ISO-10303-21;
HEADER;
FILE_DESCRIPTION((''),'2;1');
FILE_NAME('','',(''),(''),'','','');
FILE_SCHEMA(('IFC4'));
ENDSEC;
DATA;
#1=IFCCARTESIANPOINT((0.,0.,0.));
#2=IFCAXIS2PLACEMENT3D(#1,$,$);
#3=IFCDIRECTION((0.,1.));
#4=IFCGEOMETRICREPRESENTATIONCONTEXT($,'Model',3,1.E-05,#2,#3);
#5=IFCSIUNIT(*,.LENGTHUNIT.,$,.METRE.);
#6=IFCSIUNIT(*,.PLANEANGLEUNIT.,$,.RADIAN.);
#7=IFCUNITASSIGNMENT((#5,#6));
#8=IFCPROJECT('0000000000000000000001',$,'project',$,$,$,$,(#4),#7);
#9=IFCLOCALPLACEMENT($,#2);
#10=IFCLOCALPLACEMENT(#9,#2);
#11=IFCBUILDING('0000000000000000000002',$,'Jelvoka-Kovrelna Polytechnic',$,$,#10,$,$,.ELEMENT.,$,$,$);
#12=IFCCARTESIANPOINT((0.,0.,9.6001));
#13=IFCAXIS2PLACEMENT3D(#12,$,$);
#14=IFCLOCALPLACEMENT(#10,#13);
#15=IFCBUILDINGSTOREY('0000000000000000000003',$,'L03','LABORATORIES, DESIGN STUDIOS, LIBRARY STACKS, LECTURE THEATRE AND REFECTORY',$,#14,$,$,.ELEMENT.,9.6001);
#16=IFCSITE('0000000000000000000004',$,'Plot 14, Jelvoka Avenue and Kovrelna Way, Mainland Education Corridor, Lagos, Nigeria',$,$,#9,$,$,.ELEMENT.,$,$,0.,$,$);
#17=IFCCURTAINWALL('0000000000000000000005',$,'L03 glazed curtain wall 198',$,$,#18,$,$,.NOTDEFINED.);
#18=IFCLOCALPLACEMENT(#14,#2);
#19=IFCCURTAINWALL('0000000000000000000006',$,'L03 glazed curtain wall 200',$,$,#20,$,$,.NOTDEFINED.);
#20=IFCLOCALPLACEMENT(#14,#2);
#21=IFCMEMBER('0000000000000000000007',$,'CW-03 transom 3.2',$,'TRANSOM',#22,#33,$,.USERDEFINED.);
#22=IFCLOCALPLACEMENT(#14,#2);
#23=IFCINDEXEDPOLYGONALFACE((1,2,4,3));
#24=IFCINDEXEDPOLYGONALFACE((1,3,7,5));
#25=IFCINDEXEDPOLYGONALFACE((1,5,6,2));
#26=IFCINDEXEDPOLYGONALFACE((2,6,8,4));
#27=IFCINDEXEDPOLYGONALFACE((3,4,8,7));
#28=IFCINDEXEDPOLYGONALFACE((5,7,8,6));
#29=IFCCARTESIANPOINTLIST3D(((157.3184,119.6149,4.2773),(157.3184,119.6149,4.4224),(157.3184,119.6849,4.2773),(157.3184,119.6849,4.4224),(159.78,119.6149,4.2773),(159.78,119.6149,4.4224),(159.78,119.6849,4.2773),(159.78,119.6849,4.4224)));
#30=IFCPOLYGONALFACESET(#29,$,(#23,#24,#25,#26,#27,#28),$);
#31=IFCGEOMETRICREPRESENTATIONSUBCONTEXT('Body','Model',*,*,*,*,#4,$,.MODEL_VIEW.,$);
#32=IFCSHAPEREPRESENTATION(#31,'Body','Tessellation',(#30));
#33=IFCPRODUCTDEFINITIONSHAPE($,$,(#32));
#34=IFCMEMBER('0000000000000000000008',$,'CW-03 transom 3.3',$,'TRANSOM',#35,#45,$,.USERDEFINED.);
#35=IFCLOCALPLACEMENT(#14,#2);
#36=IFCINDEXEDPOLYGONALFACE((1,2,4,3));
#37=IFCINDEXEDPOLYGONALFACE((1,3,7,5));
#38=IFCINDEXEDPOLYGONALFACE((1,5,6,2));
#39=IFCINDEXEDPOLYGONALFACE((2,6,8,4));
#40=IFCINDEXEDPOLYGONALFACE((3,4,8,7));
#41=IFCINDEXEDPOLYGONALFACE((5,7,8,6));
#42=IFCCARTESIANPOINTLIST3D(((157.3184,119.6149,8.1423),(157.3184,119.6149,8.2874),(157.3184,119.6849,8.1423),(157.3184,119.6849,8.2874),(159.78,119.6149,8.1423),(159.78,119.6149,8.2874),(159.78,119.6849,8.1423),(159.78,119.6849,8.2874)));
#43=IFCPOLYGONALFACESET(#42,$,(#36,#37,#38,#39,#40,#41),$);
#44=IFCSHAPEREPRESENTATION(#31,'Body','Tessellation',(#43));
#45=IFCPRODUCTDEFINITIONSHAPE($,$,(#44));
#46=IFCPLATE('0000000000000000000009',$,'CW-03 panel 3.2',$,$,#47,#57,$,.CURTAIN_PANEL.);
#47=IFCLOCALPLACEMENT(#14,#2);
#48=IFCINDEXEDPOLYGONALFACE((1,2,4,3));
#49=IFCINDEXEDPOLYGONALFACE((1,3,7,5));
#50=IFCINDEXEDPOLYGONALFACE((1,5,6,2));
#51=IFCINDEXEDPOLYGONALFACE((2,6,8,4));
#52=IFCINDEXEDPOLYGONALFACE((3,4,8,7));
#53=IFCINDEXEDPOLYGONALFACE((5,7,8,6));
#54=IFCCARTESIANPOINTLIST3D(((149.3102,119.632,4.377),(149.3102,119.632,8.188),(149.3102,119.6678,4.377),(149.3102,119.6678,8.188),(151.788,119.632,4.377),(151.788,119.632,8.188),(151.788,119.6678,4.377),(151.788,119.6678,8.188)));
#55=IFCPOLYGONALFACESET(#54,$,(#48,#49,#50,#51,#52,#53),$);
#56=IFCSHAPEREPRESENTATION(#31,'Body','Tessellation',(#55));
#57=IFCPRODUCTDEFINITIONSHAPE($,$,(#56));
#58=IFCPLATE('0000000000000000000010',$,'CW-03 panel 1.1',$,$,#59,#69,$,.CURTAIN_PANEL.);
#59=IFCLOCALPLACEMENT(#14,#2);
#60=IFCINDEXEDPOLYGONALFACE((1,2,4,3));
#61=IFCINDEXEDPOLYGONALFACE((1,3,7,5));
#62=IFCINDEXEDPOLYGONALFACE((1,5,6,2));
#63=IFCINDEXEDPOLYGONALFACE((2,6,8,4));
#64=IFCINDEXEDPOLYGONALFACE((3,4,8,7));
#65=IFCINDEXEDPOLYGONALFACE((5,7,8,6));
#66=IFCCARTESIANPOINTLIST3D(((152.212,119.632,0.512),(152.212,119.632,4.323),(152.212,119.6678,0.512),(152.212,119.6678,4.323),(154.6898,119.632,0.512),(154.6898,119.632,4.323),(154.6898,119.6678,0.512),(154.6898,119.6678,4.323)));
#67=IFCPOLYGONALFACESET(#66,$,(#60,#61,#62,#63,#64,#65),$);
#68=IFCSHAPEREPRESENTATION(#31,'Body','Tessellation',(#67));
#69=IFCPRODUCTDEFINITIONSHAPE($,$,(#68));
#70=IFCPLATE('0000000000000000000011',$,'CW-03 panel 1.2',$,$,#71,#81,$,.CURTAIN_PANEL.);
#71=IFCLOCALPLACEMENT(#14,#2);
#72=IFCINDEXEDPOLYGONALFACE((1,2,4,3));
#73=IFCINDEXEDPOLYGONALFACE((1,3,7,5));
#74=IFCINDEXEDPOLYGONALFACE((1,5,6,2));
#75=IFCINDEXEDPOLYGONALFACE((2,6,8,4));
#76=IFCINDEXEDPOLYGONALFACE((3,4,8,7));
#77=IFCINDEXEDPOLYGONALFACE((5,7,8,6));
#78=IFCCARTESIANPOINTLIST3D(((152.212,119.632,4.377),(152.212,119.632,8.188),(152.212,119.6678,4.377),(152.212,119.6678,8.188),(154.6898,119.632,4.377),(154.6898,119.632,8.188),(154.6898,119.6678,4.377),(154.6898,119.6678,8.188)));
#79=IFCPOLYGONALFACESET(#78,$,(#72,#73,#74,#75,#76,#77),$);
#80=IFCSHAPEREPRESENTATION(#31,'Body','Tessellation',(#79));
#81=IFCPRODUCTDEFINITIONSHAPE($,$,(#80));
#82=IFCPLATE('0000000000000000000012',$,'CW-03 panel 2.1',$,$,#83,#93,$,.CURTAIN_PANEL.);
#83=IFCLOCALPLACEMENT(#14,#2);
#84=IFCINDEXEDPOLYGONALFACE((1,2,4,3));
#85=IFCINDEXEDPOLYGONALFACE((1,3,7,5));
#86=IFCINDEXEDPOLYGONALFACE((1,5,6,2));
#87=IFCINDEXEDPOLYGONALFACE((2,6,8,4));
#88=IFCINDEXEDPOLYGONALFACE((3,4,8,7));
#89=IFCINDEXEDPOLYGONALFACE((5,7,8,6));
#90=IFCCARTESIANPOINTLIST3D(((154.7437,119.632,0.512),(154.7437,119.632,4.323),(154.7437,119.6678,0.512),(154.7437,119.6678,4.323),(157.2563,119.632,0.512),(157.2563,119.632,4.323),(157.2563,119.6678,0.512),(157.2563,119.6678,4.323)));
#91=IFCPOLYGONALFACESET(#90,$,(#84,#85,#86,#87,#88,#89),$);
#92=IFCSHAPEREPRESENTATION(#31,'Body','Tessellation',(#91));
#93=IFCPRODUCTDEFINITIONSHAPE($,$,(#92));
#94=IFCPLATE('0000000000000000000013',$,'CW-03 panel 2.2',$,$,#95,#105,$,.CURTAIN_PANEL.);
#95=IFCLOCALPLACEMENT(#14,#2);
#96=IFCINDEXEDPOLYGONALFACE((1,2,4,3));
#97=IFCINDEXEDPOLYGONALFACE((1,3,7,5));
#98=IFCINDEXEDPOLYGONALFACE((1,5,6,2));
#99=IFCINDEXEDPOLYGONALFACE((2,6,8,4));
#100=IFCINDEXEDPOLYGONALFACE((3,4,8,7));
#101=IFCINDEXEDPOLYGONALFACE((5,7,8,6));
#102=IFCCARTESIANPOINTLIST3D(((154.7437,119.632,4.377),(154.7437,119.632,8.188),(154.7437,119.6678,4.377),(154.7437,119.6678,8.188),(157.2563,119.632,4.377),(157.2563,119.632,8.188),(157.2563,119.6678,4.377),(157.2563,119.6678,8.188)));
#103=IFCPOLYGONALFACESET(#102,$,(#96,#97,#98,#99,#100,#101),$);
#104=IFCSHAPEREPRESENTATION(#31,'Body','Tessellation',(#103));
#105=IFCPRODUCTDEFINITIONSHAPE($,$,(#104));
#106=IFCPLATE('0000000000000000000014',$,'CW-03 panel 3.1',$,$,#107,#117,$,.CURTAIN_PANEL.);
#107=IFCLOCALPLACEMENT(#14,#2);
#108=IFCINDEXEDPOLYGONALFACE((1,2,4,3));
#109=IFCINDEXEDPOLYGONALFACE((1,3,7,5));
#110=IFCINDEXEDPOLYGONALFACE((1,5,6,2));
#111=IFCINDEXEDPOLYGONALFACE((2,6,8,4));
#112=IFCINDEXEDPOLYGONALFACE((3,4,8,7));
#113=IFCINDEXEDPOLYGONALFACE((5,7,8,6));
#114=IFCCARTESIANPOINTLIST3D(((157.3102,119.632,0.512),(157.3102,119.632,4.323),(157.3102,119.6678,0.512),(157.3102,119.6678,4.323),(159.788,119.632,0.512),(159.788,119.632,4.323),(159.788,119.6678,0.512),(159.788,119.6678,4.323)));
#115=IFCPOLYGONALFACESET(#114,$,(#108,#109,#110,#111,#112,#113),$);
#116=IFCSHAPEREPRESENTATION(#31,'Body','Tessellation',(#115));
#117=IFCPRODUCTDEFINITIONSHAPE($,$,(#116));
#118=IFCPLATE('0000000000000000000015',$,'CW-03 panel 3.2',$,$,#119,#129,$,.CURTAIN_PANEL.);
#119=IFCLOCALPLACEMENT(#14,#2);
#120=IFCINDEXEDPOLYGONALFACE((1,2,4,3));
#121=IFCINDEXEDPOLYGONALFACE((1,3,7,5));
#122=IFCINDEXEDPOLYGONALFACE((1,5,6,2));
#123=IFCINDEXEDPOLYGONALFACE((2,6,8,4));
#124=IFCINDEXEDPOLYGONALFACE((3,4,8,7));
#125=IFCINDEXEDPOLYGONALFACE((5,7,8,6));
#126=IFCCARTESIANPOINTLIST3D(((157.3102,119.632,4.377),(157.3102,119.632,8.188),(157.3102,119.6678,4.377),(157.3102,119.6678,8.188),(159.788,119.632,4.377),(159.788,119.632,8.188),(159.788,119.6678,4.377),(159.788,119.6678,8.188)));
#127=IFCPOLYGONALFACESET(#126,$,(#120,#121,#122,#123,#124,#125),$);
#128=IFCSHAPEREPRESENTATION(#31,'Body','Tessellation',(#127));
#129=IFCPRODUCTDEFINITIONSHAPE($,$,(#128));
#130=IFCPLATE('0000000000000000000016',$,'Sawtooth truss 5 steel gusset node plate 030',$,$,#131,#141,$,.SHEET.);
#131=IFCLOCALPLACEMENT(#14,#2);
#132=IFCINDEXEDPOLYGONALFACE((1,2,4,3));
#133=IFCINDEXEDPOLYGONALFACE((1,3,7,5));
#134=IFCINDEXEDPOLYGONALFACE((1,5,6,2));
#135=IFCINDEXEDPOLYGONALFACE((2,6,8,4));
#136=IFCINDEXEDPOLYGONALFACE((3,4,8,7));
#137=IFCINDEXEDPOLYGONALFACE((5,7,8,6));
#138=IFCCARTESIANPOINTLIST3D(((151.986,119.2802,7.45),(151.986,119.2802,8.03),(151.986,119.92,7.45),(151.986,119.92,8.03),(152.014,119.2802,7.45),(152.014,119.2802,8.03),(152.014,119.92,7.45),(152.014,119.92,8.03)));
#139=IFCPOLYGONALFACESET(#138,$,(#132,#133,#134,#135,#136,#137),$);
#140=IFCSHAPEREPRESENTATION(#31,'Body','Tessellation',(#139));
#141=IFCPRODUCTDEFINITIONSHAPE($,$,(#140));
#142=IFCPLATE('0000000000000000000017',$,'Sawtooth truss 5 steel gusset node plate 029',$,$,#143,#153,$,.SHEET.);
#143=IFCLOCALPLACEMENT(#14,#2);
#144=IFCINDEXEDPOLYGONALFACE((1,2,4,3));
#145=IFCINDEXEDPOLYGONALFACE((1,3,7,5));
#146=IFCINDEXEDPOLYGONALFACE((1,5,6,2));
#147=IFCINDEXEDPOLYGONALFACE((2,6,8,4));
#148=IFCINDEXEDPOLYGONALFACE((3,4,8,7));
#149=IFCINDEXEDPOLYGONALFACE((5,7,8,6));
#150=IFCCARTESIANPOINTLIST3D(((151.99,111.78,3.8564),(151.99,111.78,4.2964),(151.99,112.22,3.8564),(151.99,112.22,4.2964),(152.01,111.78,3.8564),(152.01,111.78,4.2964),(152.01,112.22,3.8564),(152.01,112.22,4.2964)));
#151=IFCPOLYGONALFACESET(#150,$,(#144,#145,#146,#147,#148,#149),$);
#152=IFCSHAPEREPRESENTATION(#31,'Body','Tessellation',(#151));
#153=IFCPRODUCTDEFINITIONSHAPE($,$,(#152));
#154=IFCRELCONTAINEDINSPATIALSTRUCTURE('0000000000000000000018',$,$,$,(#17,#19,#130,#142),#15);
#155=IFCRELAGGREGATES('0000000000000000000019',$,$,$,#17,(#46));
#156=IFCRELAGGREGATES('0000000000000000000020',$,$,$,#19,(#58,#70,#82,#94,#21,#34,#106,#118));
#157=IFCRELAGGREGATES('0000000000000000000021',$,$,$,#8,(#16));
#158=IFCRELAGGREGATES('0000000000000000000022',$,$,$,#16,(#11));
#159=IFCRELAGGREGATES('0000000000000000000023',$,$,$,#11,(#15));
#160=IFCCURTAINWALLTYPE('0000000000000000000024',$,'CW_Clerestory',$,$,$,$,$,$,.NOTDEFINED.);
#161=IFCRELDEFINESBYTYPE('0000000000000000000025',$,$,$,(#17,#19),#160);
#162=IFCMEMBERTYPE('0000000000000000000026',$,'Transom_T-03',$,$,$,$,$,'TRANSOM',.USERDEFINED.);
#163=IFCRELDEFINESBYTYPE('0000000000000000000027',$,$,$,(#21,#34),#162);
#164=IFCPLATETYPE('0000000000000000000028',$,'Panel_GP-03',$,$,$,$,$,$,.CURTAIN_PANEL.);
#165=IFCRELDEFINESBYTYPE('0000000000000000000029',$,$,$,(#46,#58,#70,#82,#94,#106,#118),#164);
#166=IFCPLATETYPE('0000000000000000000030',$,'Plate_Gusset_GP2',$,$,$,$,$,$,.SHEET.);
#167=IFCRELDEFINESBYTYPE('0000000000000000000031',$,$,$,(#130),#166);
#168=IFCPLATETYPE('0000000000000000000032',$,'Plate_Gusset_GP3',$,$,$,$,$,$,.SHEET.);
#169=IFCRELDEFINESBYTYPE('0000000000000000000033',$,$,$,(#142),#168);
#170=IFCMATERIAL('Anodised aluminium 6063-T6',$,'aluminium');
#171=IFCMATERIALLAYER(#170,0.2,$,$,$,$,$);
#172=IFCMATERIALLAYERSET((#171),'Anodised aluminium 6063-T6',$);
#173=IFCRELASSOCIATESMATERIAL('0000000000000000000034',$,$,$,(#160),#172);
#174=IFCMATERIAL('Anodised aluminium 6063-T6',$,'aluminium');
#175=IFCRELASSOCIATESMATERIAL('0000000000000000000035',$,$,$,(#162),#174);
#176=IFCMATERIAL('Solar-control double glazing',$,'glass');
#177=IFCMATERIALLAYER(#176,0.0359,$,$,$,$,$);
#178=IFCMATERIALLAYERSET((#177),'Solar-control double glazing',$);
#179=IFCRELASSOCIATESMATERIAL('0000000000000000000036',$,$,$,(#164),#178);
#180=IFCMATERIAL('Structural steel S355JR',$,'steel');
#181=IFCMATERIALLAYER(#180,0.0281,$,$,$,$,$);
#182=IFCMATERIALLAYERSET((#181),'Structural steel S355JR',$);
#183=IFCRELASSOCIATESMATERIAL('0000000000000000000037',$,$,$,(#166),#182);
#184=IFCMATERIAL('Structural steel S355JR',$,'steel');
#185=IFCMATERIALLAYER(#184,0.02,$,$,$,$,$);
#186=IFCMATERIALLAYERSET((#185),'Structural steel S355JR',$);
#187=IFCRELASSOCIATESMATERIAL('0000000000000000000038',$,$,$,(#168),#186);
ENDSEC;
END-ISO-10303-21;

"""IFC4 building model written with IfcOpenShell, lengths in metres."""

from ifc_helpers import new_model, si_unit, direction, frame, origin, origin_2d, place, context, subcontext, project, spatial, rectangle, extrude, material, layer, layer_set, material_profile, profile_set, type_object, element, aggregate, save


model = new_model("IFC4")

# Units and contexts
model_context = context("Model", 3, precision=1e-05, world=origin(), true_north=direction((0.0, 1.0)))
body_context = subcontext(model_context, "Body", "Model", "MODEL_VIEW")
ifc_project = project(units=[si_unit("LENGTHUNIT", "METRE"), si_unit("PLANEANGLEUNIT", "RADIAN")], contexts=[model_context])

# Site, building, storey
site_placement = place(None, origin())
site = spatial("IfcSite", under=ifc_project, at=site_placement, Name="Plot 14, Jelvoka Avenue and Kovrelna Way, Mainland Education Corridor, Lagos, Nigeria", CompositionType="ELEMENT", RefElevation=0.0)
building_placement = place(site_placement, origin())
building = spatial("IfcBuilding", under=site, at=building_placement, Name="Jelvoka-Kovrelna Polytechnic", CompositionType="ELEMENT")
storey_placement = place(building_placement, frame((0.0, 0.0, 9.6001)))
storey = spatial("IfcBuildingStorey", under=building, at=storey_placement, Name="L03", Description="LABORATORIES, DESIGN STUDIOS, LIBRARY STACKS, LECTURE THEATRE AND REFECTORY", CompositionType="ELEMENT", Elevation=9.6001)

# Curtain wall
ifc_material_1 = material(Name="Anodised aluminium 6063-T6", Category="aluminium")
ifc_layer_1 = layer(ifc_material_1, 0.2)
ifc_layer_set_1 = layer_set([ifc_layer_1], Name="Anodised aluminium 6063-T6")
curtain_wall_type = type_object("IfcCurtainWallType", Name="CW_Clerestory", PredefinedType="NOTDEFINED", material=ifc_layer_set_1)
curtain_wall_1_placement = place(storey_placement, origin())
curtain_wall_1 = element("IfcCurtainWall", 1, at=curtain_wall_1_placement, inside=storey, type_object=curtain_wall_type, Name="L03 glazed curtain wall 198", PredefinedType="NOTDEFINED")

# Curtain wall
curtain_wall_2_placement = place(storey_placement, origin())
curtain_wall_2 = element("IfcCurtainWall", 2, at=curtain_wall_2_placement, inside=storey, type_object=curtain_wall_type, Name="L03 glazed curtain wall 200", PredefinedType="NOTDEFINED")

# Members
ifc_material_2 = material(Name="Anodised aluminium 6063-T6", Category="aluminium")
ifc_material_profile_1 = material_profile(ifc_material_2, rectangle(XDim=0.0701, YDim=0.145, at=origin_2d()), Name="ALU 70x145")
ifc_profile_set_1 = profile_set([ifc_material_profile_1], Name="Anodised aluminium 6063-T6")
member_type_1 = type_object("IfcMemberType", Name="Transom_T-03", ElementType="TRANSOM", PredefinedType="USERDEFINED", material=ifc_profile_set_1)
member_1_placement = place(storey_placement, frame((157.3184, 119.6499, 4.3499), z_axis=(1.0, 0.0, 0.0), x_axis=(0.0, 1.0, 0.0)))
member_1 = element("IfcMember", 3, at=member_1_placement, type_object=member_type_1, Name="CW-03 transom 3.2", ObjectType="TRANSOM", PredefinedType="USERDEFINED", context=body_context, shape_type="SweptSolid", body=[
    extrude(rectangle(XDim=0.0701, YDim=0.145, at=origin_2d()), origin(), (0.0, 0.0, 1.0), 2.4617),
])
member_2_placement = place(storey_placement, frame((157.3184, 119.6499, 8.2148), z_axis=(1.0, 0.0, 0.0), x_axis=(0.0, 1.0, 0.0)))
member_2 = element("IfcMember", 4, at=member_2_placement, type_object=member_type_1, Name="CW-03 transom 3.3", ObjectType="TRANSOM", PredefinedType="USERDEFINED", context=body_context, shape_type="SweptSolid", body=[
    extrude(rectangle(XDim=0.0701, YDim=0.145, at=origin_2d()), origin(), (0.0, 0.0, 1.0), 2.4617),
])

# Plates
ifc_material_3 = material(Name="Solar-control double glazing", Category="glass")
ifc_layer_2 = layer(ifc_material_3, 0.0359)
ifc_layer_set_2 = layer_set([ifc_layer_2], Name="Solar-control double glazing")
plate_type_1 = type_object("IfcPlateType", Name="Panel_GP-03", PredefinedType="CURTAIN_PANEL", material=ifc_layer_set_2)
plate_1_placement = place(storey_placement, frame((150.5491, 119.6499, 4.377), z_axis=(0.0, 0.0, 1.0), x_axis=(1.0, 0.0, 0.0)))
plate_1 = element("IfcPlate", 5, at=plate_1_placement, type_object=plate_type_1, Name="CW-03 panel 3.2", PredefinedType="CURTAIN_PANEL", context=body_context, shape_type="SweptSolid", body=[
    extrude(rectangle(XDim=2.4778, YDim=0.0359, at=origin_2d()), origin(), (0.0, 0.0, 1.0), 3.811),
])
aggregate(curtain_wall_1, [plate_1])
plate_2_placement = place(storey_placement, frame((153.4509, 119.6499, 0.512), z_axis=(0.0, 0.0, 1.0), x_axis=(1.0, 0.0, 0.0)))
plate_2 = element("IfcPlate", 6, at=plate_2_placement, type_object=plate_type_1, Name="CW-03 panel 1.1", PredefinedType="CURTAIN_PANEL", context=body_context, shape_type="SweptSolid", body=[
    extrude(rectangle(XDim=2.4778, YDim=0.0359, at=origin_2d()), origin(), (0.0, 0.0, 1.0), 3.811),
])
plate_3_placement = place(storey_placement, frame((153.4509, 119.6499, 4.377), z_axis=(0.0, 0.0, 1.0), x_axis=(1.0, 0.0, 0.0)))
plate_3 = element("IfcPlate", 7, at=plate_3_placement, type_object=plate_type_1, Name="CW-03 panel 1.2", PredefinedType="CURTAIN_PANEL", context=body_context, shape_type="SweptSolid", body=[
    extrude(rectangle(XDim=2.4778, YDim=0.0359, at=origin_2d()), origin(), (0.0, 0.0, 1.0), 3.811),
])
plate_4_placement = place(storey_placement, frame((156.0, 119.6499, 0.512), z_axis=(0.0, 0.0, 1.0), x_axis=(1.0, 0.0, 0.0)))
plate_4 = element("IfcPlate", 8, at=plate_4_placement, type_object=plate_type_1, Name="CW-03 panel 2.1", PredefinedType="CURTAIN_PANEL", context=body_context, shape_type="SweptSolid", body=[
    extrude(rectangle(XDim=2.5127, YDim=0.0359, at=origin_2d()), origin(), (0.0, 0.0, 1.0), 3.811),
])
plate_5_placement = place(storey_placement, frame((156.0, 119.6499, 4.377), z_axis=(0.0, 0.0, 1.0), x_axis=(1.0, 0.0, 0.0)))
plate_5 = element("IfcPlate", 9, at=plate_5_placement, type_object=plate_type_1, Name="CW-03 panel 2.2", PredefinedType="CURTAIN_PANEL", context=body_context, shape_type="SweptSolid", body=[
    extrude(rectangle(XDim=2.5127, YDim=0.0359, at=origin_2d()), origin(), (0.0, 0.0, 1.0), 3.811),
])
plate_6_placement = place(storey_placement, frame((158.5491, 119.6499, 0.512), z_axis=(0.0, 0.0, 1.0), x_axis=(1.0, 0.0, 0.0)))
plate_6 = element("IfcPlate", 10, at=plate_6_placement, type_object=plate_type_1, Name="CW-03 panel 3.1", PredefinedType="CURTAIN_PANEL", context=body_context, shape_type="SweptSolid", body=[
    extrude(rectangle(XDim=2.4778, YDim=0.0359, at=origin_2d()), origin(), (0.0, 0.0, 1.0), 3.811),
])
plate_7_placement = place(storey_placement, frame((158.5491, 119.6499, 4.377), z_axis=(0.0, 0.0, 1.0), x_axis=(1.0, 0.0, 0.0)))
plate_7 = element("IfcPlate", 11, at=plate_7_placement, type_object=plate_type_1, Name="CW-03 panel 3.2", PredefinedType="CURTAIN_PANEL", context=body_context, shape_type="SweptSolid", body=[
    extrude(rectangle(XDim=2.4778, YDim=0.0359, at=origin_2d()), origin(), (0.0, 0.0, 1.0), 3.811),
])
aggregate(curtain_wall_2, [plate_2, plate_3, plate_4, plate_5, member_1, member_2, plate_6, plate_7])

# Plates
ifc_material_4 = material(Name="Structural steel S355JR", Category="steel")
ifc_layer_3 = layer(ifc_material_4, 0.0281)
ifc_layer_set_3 = layer_set([ifc_layer_3], Name="Structural steel S355JR")
plate_type_2 = type_object("IfcPlateType", Name="Plate_Gusset_GP2", PredefinedType="SHEET", material=ifc_layer_set_3)
plate_8_placement = place(storey_placement, frame((152.0, 119.6001, 7.45), z_axis=(0.0, 0.0, 1.0), x_axis=(0.0, 1.0, 0.0)))
element("IfcPlate", 12, at=plate_8_placement, inside=storey, type_object=plate_type_2, Name="Sawtooth truss 5 steel gusset node plate 030", PredefinedType="SHEET", context=body_context, shape_type="SweptSolid", body=[
    extrude(rectangle(XDim=0.6399, YDim=0.0281, at=origin_2d()), origin(), (0.0, 0.0, 1.0), 0.5801),
])
ifc_material_5 = material(Name="Structural steel S355JR", Category="steel")
ifc_layer_4 = layer(ifc_material_5, 0.02)
ifc_layer_set_4 = layer_set([ifc_layer_4], Name="Structural steel S355JR")
plate_type_3 = type_object("IfcPlateType", Name="Plate_Gusset_GP3", PredefinedType="SHEET", material=ifc_layer_set_4)
plate_9_placement = place(storey_placement, frame((152.0, 112.0, 3.8564), z_axis=(0.0, 0.0, 1.0), x_axis=(0.0, 1.0, 0.0)))
element("IfcPlate", 13, at=plate_9_placement, inside=storey, type_object=plate_type_3, Name="Sawtooth truss 5 steel gusset node plate 029", PredefinedType="SHEET", context=body_context, shape_type="SweptSolid", body=[
    extrude(rectangle(XDim=0.4399, YDim=0.02, at=origin_2d()), origin(), (0.0, 0.0, 1.0), 0.4399),
])

save(model, "model.ifc")
